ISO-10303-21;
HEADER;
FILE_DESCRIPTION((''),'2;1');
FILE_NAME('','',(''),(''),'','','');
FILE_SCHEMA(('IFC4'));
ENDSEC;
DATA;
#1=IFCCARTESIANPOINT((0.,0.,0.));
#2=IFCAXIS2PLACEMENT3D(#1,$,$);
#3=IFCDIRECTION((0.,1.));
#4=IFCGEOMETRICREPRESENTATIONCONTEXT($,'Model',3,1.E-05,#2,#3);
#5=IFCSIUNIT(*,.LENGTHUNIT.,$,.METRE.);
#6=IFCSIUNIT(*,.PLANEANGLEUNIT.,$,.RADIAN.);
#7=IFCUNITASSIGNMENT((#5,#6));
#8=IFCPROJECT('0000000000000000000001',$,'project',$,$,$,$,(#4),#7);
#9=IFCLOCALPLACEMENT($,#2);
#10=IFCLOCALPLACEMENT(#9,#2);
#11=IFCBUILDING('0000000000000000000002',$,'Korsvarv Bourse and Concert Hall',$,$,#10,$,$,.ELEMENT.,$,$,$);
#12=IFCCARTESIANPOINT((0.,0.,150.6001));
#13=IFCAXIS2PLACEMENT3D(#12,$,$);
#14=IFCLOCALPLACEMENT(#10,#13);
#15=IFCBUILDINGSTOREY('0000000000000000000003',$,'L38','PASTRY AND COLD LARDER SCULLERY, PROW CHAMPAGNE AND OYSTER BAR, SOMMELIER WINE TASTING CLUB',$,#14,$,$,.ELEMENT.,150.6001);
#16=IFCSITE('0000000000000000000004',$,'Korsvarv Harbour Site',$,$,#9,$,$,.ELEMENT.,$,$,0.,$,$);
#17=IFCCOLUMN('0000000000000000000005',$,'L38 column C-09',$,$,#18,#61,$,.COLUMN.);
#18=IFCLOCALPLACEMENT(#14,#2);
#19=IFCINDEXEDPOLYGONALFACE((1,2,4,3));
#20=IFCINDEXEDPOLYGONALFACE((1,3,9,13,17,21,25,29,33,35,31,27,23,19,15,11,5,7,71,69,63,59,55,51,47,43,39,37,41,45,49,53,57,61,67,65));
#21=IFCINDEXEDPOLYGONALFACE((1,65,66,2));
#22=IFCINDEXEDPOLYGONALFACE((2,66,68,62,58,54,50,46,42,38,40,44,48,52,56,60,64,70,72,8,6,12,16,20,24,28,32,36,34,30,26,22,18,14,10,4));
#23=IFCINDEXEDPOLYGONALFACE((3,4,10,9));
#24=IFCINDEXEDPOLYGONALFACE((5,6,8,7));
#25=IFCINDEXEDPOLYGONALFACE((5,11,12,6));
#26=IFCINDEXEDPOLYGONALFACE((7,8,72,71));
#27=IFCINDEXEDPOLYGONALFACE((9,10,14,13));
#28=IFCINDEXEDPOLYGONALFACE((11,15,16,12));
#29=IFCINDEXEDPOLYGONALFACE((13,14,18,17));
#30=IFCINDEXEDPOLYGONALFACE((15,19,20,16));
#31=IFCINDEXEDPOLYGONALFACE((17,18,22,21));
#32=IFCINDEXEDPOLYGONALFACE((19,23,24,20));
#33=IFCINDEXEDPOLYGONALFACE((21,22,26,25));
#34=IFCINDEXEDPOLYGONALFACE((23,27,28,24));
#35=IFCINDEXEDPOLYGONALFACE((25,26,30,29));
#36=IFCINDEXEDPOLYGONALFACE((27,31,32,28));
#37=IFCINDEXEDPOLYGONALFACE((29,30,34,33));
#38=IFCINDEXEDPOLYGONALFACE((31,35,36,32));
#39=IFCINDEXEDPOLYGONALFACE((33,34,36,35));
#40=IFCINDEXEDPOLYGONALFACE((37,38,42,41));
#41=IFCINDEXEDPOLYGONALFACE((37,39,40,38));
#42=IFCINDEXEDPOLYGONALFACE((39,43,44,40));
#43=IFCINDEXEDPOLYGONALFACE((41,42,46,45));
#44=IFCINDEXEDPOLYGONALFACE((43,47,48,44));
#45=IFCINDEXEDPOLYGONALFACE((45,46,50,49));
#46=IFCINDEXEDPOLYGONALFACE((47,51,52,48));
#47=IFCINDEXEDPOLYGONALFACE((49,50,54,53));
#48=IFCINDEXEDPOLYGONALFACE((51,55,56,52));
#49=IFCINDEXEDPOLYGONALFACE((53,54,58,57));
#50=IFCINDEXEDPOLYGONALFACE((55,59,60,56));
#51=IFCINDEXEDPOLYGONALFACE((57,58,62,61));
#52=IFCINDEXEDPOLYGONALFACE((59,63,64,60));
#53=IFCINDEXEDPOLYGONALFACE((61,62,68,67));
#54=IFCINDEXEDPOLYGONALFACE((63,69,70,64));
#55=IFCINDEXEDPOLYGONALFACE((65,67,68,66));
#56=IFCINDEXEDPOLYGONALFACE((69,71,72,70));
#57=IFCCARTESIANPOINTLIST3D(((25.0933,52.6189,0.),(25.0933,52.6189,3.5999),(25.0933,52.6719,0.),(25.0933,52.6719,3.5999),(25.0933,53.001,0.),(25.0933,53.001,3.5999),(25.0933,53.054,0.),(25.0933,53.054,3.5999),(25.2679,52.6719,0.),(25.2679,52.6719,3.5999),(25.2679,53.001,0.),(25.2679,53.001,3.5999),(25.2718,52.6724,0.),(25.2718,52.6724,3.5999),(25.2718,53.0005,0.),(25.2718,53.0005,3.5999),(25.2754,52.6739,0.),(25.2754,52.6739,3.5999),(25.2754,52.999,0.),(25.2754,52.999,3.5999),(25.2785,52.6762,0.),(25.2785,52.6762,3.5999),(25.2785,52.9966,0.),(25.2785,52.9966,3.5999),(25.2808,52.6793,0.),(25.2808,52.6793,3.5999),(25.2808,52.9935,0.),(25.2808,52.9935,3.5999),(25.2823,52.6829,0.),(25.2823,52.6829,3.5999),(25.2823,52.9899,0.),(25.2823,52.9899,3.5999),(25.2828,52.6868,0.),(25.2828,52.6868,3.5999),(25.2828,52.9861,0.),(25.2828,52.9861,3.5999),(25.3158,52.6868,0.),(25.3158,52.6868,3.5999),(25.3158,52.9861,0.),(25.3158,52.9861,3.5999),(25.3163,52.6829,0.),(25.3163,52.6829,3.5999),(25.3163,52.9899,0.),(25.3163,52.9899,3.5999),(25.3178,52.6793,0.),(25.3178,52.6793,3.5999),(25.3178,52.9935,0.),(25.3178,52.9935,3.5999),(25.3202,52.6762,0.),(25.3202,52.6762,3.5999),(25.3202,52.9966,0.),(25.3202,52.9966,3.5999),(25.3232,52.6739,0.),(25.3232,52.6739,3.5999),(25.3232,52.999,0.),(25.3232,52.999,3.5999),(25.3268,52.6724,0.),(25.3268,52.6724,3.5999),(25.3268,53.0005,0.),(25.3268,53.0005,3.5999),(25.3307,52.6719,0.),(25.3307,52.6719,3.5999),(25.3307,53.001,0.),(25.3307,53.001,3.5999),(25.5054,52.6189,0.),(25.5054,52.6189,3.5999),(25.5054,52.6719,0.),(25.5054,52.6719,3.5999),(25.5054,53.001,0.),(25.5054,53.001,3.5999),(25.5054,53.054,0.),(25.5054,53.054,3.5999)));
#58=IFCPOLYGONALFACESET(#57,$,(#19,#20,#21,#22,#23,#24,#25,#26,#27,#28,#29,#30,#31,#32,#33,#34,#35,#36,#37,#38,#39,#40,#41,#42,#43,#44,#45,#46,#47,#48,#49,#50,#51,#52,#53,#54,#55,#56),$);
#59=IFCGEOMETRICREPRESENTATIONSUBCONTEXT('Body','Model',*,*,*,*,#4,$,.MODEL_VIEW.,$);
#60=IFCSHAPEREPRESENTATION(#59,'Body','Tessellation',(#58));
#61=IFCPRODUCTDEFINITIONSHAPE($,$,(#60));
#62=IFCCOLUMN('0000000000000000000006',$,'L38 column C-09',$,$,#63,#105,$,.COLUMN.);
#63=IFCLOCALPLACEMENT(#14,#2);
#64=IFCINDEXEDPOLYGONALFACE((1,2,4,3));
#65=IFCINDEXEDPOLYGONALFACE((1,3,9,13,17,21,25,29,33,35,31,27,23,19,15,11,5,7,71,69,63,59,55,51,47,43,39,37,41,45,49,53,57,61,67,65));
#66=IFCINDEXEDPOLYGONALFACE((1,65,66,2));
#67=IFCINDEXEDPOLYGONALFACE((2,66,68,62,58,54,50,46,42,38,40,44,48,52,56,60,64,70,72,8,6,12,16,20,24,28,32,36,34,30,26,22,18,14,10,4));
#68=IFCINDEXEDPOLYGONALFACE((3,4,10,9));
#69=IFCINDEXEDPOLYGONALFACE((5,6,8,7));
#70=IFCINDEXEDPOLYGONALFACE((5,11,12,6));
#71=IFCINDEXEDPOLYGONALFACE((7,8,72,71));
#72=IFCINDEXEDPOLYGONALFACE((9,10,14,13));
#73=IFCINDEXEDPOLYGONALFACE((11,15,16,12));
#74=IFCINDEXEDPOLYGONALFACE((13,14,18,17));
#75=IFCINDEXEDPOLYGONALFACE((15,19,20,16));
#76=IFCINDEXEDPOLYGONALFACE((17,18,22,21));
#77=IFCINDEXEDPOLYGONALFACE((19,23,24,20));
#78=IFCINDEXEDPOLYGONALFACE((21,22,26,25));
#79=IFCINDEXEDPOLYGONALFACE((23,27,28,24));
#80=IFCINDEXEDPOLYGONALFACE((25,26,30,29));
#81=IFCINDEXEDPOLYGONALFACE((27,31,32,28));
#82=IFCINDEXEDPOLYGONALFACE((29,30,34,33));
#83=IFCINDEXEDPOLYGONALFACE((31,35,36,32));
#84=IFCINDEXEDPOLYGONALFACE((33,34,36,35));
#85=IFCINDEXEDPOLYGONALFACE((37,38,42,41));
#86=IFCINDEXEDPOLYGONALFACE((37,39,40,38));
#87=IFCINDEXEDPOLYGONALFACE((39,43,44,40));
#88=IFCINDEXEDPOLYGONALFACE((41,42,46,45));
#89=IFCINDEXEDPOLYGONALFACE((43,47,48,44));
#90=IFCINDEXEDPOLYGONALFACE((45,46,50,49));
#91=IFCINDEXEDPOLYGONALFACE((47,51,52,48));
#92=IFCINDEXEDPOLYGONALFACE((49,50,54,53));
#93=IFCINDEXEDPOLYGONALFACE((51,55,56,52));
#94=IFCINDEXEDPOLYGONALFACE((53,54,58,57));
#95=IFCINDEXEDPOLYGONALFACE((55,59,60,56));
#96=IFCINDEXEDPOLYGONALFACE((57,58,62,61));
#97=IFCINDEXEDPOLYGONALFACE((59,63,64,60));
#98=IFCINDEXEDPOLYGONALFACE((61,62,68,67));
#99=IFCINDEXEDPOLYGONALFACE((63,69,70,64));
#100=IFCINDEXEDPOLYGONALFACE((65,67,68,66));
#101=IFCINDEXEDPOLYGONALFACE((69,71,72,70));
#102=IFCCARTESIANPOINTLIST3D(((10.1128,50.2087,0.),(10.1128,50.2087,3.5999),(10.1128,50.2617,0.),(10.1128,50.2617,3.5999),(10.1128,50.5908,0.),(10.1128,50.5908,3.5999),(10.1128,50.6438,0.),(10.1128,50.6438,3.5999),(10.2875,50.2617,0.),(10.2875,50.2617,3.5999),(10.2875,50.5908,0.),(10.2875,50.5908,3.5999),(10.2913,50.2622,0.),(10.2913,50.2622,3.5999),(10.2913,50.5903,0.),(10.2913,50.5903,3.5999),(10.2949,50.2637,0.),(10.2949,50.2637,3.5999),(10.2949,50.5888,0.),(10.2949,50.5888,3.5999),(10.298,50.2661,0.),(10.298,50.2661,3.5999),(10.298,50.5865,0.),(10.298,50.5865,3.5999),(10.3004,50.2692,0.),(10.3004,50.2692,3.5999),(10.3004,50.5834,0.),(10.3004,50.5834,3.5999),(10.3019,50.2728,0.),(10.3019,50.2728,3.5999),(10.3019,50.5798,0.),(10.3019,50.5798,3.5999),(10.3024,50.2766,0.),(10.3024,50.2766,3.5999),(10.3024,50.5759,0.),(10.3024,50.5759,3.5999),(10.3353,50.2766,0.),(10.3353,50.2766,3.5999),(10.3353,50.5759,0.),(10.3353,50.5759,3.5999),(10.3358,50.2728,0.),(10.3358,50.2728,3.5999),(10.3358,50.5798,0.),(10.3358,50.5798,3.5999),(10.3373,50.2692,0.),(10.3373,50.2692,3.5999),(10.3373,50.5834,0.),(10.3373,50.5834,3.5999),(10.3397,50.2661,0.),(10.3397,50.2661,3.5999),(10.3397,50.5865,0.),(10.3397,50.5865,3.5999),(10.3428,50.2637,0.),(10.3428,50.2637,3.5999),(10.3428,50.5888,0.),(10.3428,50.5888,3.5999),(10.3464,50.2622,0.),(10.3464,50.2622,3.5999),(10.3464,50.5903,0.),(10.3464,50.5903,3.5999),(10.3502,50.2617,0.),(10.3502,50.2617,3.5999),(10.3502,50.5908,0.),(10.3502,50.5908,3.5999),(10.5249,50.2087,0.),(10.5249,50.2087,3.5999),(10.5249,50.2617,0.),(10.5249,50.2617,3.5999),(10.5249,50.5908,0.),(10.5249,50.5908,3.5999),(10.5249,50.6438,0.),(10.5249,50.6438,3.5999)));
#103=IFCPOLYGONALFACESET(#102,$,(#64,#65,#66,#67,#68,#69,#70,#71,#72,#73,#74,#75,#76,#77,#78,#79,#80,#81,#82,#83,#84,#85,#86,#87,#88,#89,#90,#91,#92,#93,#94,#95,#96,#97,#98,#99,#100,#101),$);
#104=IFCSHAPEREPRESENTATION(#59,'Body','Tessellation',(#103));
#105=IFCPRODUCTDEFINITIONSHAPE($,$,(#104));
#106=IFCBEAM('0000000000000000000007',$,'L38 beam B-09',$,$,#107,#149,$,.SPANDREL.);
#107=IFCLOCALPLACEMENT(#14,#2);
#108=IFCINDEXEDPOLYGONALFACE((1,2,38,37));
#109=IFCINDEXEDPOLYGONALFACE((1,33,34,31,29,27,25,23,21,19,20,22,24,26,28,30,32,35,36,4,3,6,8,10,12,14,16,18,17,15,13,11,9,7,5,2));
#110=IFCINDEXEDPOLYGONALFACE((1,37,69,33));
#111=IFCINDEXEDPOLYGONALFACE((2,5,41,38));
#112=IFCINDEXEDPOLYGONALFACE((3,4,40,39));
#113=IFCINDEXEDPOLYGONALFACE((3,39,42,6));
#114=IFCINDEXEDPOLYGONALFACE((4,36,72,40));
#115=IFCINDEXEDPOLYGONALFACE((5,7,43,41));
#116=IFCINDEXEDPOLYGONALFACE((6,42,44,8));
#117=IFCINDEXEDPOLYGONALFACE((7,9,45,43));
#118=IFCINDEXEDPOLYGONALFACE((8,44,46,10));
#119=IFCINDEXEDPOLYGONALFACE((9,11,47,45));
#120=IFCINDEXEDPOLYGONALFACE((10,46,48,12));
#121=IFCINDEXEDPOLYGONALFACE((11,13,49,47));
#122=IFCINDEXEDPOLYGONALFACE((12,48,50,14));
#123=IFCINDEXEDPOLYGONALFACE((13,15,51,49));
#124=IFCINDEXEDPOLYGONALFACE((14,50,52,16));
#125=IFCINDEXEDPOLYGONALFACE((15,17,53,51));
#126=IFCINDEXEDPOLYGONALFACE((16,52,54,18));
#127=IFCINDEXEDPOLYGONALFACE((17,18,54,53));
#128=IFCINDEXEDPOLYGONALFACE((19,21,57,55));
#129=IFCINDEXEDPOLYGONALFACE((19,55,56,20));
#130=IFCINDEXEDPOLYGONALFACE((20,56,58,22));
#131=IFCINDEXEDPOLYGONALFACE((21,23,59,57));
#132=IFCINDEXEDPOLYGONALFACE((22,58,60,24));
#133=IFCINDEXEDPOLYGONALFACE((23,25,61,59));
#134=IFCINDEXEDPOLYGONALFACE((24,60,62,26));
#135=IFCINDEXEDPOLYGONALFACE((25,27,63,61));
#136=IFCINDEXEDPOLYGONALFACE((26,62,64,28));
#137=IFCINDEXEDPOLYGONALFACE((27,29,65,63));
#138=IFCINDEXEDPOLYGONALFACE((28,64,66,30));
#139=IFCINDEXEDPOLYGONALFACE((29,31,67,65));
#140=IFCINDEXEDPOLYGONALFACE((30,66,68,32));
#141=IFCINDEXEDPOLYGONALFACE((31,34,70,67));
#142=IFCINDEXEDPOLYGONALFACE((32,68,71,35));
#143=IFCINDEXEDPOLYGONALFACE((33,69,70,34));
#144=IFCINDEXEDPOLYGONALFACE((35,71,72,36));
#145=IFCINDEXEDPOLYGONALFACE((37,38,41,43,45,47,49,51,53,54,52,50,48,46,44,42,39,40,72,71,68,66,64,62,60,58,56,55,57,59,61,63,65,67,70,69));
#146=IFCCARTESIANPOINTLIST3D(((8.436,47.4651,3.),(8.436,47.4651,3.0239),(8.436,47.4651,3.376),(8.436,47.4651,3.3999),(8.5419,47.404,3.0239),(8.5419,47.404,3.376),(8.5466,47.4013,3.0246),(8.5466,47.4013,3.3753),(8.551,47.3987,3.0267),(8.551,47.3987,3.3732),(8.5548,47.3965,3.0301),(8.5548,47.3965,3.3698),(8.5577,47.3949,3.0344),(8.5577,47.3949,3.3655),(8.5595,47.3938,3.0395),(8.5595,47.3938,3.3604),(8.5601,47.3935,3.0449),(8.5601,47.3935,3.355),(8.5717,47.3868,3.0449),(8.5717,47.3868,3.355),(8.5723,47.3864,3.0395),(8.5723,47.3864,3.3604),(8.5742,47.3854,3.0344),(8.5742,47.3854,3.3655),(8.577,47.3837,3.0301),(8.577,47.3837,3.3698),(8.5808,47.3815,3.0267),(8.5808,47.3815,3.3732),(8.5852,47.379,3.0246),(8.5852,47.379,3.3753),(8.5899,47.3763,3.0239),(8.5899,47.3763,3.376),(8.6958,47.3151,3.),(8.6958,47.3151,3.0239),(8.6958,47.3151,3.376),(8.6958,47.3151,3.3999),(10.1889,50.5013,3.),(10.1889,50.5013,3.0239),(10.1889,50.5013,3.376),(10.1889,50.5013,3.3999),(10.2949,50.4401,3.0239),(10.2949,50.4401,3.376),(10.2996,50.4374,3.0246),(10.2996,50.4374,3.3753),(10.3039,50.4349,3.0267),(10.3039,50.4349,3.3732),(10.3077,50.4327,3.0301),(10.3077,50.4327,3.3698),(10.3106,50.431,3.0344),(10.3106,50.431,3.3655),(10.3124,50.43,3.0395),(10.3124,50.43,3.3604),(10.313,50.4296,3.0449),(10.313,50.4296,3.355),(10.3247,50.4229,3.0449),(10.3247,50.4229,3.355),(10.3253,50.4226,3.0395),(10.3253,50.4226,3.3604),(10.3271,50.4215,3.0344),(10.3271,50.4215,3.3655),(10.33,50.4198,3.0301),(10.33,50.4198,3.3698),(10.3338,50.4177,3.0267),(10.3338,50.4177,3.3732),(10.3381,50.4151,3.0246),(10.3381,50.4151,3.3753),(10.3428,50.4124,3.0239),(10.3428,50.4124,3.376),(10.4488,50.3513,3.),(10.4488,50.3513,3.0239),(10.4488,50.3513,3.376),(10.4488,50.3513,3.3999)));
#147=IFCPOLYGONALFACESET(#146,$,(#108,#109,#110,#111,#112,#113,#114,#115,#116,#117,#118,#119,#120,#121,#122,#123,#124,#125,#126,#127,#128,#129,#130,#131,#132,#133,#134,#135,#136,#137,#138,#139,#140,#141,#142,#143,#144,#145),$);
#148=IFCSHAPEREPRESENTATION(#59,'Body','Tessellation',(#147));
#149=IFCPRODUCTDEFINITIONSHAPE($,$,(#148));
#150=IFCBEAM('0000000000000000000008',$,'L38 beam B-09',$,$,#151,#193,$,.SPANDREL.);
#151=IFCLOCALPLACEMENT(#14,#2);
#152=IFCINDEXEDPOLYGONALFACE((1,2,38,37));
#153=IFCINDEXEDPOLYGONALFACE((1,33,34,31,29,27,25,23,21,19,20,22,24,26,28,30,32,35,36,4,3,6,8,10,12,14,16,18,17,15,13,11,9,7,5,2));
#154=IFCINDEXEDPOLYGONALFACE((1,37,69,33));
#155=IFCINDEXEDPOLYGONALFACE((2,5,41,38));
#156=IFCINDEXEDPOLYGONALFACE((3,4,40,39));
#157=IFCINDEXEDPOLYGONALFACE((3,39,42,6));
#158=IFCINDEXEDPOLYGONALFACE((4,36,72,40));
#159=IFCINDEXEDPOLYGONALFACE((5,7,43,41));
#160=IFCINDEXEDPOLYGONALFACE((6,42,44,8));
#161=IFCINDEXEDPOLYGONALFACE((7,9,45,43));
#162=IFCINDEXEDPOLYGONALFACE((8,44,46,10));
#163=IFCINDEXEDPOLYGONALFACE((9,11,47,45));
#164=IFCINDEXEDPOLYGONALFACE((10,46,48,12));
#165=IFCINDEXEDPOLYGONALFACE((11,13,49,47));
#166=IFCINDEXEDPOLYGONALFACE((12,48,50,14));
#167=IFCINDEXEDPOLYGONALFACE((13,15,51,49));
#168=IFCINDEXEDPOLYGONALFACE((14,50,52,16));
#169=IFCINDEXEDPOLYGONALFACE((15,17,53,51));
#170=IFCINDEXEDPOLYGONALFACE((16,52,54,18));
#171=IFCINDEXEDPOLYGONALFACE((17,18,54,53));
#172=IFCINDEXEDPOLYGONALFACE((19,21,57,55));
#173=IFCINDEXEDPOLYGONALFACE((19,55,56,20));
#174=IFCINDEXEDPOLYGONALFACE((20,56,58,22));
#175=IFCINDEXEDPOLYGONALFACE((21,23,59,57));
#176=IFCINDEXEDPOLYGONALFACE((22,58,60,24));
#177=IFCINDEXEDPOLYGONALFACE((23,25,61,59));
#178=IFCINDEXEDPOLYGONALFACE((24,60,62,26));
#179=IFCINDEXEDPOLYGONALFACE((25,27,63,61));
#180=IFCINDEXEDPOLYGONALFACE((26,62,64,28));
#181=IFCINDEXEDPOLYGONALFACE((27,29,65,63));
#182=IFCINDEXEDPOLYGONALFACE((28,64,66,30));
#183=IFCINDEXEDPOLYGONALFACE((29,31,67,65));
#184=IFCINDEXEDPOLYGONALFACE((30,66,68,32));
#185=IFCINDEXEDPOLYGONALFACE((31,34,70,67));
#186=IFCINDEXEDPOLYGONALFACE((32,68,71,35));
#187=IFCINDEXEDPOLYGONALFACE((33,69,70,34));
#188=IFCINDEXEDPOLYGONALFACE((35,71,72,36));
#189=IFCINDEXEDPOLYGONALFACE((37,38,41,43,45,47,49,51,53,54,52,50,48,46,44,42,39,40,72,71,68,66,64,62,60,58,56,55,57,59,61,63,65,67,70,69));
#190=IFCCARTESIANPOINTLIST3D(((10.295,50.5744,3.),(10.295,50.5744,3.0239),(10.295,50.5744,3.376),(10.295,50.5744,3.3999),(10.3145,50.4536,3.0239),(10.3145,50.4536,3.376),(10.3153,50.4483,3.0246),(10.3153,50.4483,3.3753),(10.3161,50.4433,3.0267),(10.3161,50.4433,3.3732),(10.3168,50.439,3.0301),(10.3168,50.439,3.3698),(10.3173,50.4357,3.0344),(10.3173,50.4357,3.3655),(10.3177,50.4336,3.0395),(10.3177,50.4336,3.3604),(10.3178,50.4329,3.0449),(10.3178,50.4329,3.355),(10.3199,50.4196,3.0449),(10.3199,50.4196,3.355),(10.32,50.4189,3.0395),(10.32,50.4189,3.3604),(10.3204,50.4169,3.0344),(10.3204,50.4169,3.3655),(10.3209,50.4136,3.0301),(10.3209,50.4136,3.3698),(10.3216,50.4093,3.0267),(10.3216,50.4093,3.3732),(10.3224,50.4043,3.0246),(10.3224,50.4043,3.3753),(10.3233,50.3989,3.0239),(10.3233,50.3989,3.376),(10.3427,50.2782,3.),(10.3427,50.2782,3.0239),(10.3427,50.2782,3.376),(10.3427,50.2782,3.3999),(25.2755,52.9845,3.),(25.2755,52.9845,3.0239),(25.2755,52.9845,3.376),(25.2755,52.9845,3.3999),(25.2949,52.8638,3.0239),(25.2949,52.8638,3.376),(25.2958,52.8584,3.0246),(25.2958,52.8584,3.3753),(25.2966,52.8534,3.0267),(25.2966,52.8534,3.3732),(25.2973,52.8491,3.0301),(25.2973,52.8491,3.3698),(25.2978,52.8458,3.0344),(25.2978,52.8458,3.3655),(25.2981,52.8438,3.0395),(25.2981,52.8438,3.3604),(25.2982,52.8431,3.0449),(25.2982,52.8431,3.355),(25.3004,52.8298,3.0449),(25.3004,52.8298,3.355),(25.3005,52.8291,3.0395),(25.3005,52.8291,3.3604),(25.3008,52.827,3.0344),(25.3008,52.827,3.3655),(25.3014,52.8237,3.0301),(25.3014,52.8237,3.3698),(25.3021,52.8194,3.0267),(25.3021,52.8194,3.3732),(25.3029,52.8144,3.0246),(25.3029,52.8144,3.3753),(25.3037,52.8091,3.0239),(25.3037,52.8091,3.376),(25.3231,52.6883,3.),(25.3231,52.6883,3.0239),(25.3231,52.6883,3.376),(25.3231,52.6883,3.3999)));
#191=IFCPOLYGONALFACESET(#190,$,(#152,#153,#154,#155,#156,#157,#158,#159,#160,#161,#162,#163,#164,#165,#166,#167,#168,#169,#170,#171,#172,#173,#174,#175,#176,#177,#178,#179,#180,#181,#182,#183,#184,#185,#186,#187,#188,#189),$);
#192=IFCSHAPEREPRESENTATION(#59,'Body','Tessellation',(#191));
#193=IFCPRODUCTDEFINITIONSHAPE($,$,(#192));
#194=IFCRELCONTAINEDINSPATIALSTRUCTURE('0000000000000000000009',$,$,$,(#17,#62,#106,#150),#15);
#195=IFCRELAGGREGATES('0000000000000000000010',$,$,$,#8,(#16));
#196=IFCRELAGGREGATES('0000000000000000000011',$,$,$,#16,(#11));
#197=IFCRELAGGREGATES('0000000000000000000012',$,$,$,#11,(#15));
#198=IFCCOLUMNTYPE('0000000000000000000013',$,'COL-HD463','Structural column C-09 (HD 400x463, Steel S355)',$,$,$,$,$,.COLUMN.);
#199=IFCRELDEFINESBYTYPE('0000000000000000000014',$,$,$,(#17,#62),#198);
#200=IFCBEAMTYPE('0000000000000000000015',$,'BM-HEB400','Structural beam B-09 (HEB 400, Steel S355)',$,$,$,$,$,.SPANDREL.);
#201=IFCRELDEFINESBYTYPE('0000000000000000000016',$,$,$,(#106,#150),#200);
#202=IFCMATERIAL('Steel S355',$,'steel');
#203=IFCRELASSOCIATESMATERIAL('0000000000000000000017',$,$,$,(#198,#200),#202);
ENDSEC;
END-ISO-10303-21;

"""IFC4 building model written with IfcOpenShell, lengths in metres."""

from ifc_helpers import new_model, si_unit, direction, frame, origin, origin_2d, place, context, subcontext, project, spatial, i_section, extrude, source, transform, mapped, material, material_profile, profile_set, type_object, element, save


model = new_model("IFC4")

# Units and contexts
model_context = context("Model", 3, precision=1e-05, world=origin(), true_north=direction((0.0, 1.0)))
body_context = subcontext(model_context, "Body", "Model", "MODEL_VIEW")
ifc_project = project(units=[si_unit("LENGTHUNIT", "METRE"), si_unit("PLANEANGLEUNIT", "RADIAN")], contexts=[model_context])

# Site, building, storey
site_placement = place(None, origin())
site = spatial("IfcSite", under=ifc_project, at=site_placement, Name="Korsvarv Harbour Site", CompositionType="ELEMENT", RefElevation=0.0)
building_placement = place(site_placement, origin())
building = spatial("IfcBuilding", under=site, at=building_placement, Name="Korsvarv Bourse and Concert Hall", CompositionType="ELEMENT")
storey_placement = place(building_placement, frame((0.0, 0.0, 150.6001)))
storey = spatial("IfcBuildingStorey", under=building, at=storey_placement, Name="L38", Description="PASTRY AND COLD LARDER SCULLERY, PROW CHAMPAGNE AND OYSTER BAR, SOMMELIER WINE TASTING CLUB", CompositionType="ELEMENT", Elevation=150.6001)

# Columns
ifc_material_1 = material(Name="Steel S355", Category="steel")
ifc_material_profile_1 = material_profile(ifc_material_1, i_section(OverallWidth=0.4121, OverallDepth=0.4351, WebThickness=0.033, FlangeThickness=0.053, FilletRadius=0.0149, at=origin_2d()), Name="HD 400x463")
ifc_profile_set_1 = profile_set([ifc_material_profile_1], Name="Steel S355")
column_type = type_object("IfcColumnType", Name="COL-HD463", Description="Structural column C-09 (HD 400x463, Steel S355)", PredefinedType="COLUMN", material=ifc_profile_set_1)
shared_shape_1 = source(origin(), body_context, "Body", "SweptSolid", [
    extrude(i_section(OverallWidth=0.4121, OverallDepth=0.4351, WebThickness=0.033, FlangeThickness=0.053, FilletRadius=0.0149, at=origin_2d()), origin(), (0.0, 0.0, 1.0), 3.5999),
])
for number, where, z_axis, x_axis, name in (
    (1, (25.2993, 52.8364, 0.0), (0.0, 0.0, 1.0), (1.0, 0.0, 0.0), "L38 column C-09"),
    (2, (10.3188, 50.4263, 0.0), (0.0, 0.0, 1.0), (1.0, 0.0, 0.0), "L38 column C-09"),
):
    element("IfcColumn", number, at=place(storey_placement, frame(where, z_axis=z_axis, x_axis=x_axis)), inside=storey, type_object=column_type, Name=name, PredefinedType="COLUMN", context=body_context, shape_type="MappedRepresentation", body=[
        mapped(shared_shape_1, transform((0.0, 0.0, 0.0), scale=1.0)),
    ])

# Beams
ifc_material_profile_2 = material_profile(ifc_material_1, i_section(OverallWidth=0.3, OverallDepth=0.3999, WebThickness=0.0134, FlangeThickness=0.0239, FilletRadius=0.021, at=origin_2d()), Name="HEB 400")
ifc_profile_set_2 = profile_set([ifc_material_profile_2], Name="Steel S355")
beam_type_1 = type_object("IfcBeamType", Name="BM-HEB400", Description="Structural beam B-09 (HEB 400, Steel S355)", PredefinedType="SPANDREL", material=ifc_profile_set_2)
shared_shape_2 = source(origin(), body_context, "Body", "SweptSolid", [
    extrude(i_section(OverallWidth=0.3, OverallDepth=0.3999, WebThickness=0.0134, FlangeThickness=0.0239, FilletRadius=0.021, at=origin_2d()), origin(), (0.0, 0.0, 1.0), 3.5059),
])
beam_1_placement = place(storey_placement, frame((10.3188, 50.4263, 3.2), z_axis=(-0.500004, -0.866023, 0.0), x_axis=(0.866023, -0.500004, 0.0)))
element("IfcBeam", 3, at=beam_1_placement, inside=storey, type_object=beam_type_1, Name="L38 beam B-09", PredefinedType="SPANDREL", context=body_context, shape_type="MappedRepresentation", body=[
    mapped(shared_shape_2, transform((0.0, 0.0, 0.0), scale=1.0)),
])
shared_shape_3 = source(origin(), body_context, "Body", "SweptSolid", [
    extrude(i_section(OverallWidth=0.3, OverallDepth=0.3999, WebThickness=0.0134, FlangeThickness=0.0239, FilletRadius=0.021, at=origin_2d()), origin(), (0.0, 0.0, 1.0), 15.1731),
])
beam_2_placement = place(storey_placement, frame((25.2993, 52.8364, 3.2), z_axis=(-0.987304, -0.158844, 0.0), x_axis=(0.158844, -0.987304, 0.0)))
element("IfcBeam", 4, at=beam_2_placement, inside=storey, type_object=beam_type_1, Name="L38 beam B-09", PredefinedType="SPANDREL", context=body_context, shape_type="MappedRepresentation", body=[
    mapped(shared_shape_3, transform((0.0, 0.0, 0.0), scale=1.0)),
])

save(model, "model.ifc")
